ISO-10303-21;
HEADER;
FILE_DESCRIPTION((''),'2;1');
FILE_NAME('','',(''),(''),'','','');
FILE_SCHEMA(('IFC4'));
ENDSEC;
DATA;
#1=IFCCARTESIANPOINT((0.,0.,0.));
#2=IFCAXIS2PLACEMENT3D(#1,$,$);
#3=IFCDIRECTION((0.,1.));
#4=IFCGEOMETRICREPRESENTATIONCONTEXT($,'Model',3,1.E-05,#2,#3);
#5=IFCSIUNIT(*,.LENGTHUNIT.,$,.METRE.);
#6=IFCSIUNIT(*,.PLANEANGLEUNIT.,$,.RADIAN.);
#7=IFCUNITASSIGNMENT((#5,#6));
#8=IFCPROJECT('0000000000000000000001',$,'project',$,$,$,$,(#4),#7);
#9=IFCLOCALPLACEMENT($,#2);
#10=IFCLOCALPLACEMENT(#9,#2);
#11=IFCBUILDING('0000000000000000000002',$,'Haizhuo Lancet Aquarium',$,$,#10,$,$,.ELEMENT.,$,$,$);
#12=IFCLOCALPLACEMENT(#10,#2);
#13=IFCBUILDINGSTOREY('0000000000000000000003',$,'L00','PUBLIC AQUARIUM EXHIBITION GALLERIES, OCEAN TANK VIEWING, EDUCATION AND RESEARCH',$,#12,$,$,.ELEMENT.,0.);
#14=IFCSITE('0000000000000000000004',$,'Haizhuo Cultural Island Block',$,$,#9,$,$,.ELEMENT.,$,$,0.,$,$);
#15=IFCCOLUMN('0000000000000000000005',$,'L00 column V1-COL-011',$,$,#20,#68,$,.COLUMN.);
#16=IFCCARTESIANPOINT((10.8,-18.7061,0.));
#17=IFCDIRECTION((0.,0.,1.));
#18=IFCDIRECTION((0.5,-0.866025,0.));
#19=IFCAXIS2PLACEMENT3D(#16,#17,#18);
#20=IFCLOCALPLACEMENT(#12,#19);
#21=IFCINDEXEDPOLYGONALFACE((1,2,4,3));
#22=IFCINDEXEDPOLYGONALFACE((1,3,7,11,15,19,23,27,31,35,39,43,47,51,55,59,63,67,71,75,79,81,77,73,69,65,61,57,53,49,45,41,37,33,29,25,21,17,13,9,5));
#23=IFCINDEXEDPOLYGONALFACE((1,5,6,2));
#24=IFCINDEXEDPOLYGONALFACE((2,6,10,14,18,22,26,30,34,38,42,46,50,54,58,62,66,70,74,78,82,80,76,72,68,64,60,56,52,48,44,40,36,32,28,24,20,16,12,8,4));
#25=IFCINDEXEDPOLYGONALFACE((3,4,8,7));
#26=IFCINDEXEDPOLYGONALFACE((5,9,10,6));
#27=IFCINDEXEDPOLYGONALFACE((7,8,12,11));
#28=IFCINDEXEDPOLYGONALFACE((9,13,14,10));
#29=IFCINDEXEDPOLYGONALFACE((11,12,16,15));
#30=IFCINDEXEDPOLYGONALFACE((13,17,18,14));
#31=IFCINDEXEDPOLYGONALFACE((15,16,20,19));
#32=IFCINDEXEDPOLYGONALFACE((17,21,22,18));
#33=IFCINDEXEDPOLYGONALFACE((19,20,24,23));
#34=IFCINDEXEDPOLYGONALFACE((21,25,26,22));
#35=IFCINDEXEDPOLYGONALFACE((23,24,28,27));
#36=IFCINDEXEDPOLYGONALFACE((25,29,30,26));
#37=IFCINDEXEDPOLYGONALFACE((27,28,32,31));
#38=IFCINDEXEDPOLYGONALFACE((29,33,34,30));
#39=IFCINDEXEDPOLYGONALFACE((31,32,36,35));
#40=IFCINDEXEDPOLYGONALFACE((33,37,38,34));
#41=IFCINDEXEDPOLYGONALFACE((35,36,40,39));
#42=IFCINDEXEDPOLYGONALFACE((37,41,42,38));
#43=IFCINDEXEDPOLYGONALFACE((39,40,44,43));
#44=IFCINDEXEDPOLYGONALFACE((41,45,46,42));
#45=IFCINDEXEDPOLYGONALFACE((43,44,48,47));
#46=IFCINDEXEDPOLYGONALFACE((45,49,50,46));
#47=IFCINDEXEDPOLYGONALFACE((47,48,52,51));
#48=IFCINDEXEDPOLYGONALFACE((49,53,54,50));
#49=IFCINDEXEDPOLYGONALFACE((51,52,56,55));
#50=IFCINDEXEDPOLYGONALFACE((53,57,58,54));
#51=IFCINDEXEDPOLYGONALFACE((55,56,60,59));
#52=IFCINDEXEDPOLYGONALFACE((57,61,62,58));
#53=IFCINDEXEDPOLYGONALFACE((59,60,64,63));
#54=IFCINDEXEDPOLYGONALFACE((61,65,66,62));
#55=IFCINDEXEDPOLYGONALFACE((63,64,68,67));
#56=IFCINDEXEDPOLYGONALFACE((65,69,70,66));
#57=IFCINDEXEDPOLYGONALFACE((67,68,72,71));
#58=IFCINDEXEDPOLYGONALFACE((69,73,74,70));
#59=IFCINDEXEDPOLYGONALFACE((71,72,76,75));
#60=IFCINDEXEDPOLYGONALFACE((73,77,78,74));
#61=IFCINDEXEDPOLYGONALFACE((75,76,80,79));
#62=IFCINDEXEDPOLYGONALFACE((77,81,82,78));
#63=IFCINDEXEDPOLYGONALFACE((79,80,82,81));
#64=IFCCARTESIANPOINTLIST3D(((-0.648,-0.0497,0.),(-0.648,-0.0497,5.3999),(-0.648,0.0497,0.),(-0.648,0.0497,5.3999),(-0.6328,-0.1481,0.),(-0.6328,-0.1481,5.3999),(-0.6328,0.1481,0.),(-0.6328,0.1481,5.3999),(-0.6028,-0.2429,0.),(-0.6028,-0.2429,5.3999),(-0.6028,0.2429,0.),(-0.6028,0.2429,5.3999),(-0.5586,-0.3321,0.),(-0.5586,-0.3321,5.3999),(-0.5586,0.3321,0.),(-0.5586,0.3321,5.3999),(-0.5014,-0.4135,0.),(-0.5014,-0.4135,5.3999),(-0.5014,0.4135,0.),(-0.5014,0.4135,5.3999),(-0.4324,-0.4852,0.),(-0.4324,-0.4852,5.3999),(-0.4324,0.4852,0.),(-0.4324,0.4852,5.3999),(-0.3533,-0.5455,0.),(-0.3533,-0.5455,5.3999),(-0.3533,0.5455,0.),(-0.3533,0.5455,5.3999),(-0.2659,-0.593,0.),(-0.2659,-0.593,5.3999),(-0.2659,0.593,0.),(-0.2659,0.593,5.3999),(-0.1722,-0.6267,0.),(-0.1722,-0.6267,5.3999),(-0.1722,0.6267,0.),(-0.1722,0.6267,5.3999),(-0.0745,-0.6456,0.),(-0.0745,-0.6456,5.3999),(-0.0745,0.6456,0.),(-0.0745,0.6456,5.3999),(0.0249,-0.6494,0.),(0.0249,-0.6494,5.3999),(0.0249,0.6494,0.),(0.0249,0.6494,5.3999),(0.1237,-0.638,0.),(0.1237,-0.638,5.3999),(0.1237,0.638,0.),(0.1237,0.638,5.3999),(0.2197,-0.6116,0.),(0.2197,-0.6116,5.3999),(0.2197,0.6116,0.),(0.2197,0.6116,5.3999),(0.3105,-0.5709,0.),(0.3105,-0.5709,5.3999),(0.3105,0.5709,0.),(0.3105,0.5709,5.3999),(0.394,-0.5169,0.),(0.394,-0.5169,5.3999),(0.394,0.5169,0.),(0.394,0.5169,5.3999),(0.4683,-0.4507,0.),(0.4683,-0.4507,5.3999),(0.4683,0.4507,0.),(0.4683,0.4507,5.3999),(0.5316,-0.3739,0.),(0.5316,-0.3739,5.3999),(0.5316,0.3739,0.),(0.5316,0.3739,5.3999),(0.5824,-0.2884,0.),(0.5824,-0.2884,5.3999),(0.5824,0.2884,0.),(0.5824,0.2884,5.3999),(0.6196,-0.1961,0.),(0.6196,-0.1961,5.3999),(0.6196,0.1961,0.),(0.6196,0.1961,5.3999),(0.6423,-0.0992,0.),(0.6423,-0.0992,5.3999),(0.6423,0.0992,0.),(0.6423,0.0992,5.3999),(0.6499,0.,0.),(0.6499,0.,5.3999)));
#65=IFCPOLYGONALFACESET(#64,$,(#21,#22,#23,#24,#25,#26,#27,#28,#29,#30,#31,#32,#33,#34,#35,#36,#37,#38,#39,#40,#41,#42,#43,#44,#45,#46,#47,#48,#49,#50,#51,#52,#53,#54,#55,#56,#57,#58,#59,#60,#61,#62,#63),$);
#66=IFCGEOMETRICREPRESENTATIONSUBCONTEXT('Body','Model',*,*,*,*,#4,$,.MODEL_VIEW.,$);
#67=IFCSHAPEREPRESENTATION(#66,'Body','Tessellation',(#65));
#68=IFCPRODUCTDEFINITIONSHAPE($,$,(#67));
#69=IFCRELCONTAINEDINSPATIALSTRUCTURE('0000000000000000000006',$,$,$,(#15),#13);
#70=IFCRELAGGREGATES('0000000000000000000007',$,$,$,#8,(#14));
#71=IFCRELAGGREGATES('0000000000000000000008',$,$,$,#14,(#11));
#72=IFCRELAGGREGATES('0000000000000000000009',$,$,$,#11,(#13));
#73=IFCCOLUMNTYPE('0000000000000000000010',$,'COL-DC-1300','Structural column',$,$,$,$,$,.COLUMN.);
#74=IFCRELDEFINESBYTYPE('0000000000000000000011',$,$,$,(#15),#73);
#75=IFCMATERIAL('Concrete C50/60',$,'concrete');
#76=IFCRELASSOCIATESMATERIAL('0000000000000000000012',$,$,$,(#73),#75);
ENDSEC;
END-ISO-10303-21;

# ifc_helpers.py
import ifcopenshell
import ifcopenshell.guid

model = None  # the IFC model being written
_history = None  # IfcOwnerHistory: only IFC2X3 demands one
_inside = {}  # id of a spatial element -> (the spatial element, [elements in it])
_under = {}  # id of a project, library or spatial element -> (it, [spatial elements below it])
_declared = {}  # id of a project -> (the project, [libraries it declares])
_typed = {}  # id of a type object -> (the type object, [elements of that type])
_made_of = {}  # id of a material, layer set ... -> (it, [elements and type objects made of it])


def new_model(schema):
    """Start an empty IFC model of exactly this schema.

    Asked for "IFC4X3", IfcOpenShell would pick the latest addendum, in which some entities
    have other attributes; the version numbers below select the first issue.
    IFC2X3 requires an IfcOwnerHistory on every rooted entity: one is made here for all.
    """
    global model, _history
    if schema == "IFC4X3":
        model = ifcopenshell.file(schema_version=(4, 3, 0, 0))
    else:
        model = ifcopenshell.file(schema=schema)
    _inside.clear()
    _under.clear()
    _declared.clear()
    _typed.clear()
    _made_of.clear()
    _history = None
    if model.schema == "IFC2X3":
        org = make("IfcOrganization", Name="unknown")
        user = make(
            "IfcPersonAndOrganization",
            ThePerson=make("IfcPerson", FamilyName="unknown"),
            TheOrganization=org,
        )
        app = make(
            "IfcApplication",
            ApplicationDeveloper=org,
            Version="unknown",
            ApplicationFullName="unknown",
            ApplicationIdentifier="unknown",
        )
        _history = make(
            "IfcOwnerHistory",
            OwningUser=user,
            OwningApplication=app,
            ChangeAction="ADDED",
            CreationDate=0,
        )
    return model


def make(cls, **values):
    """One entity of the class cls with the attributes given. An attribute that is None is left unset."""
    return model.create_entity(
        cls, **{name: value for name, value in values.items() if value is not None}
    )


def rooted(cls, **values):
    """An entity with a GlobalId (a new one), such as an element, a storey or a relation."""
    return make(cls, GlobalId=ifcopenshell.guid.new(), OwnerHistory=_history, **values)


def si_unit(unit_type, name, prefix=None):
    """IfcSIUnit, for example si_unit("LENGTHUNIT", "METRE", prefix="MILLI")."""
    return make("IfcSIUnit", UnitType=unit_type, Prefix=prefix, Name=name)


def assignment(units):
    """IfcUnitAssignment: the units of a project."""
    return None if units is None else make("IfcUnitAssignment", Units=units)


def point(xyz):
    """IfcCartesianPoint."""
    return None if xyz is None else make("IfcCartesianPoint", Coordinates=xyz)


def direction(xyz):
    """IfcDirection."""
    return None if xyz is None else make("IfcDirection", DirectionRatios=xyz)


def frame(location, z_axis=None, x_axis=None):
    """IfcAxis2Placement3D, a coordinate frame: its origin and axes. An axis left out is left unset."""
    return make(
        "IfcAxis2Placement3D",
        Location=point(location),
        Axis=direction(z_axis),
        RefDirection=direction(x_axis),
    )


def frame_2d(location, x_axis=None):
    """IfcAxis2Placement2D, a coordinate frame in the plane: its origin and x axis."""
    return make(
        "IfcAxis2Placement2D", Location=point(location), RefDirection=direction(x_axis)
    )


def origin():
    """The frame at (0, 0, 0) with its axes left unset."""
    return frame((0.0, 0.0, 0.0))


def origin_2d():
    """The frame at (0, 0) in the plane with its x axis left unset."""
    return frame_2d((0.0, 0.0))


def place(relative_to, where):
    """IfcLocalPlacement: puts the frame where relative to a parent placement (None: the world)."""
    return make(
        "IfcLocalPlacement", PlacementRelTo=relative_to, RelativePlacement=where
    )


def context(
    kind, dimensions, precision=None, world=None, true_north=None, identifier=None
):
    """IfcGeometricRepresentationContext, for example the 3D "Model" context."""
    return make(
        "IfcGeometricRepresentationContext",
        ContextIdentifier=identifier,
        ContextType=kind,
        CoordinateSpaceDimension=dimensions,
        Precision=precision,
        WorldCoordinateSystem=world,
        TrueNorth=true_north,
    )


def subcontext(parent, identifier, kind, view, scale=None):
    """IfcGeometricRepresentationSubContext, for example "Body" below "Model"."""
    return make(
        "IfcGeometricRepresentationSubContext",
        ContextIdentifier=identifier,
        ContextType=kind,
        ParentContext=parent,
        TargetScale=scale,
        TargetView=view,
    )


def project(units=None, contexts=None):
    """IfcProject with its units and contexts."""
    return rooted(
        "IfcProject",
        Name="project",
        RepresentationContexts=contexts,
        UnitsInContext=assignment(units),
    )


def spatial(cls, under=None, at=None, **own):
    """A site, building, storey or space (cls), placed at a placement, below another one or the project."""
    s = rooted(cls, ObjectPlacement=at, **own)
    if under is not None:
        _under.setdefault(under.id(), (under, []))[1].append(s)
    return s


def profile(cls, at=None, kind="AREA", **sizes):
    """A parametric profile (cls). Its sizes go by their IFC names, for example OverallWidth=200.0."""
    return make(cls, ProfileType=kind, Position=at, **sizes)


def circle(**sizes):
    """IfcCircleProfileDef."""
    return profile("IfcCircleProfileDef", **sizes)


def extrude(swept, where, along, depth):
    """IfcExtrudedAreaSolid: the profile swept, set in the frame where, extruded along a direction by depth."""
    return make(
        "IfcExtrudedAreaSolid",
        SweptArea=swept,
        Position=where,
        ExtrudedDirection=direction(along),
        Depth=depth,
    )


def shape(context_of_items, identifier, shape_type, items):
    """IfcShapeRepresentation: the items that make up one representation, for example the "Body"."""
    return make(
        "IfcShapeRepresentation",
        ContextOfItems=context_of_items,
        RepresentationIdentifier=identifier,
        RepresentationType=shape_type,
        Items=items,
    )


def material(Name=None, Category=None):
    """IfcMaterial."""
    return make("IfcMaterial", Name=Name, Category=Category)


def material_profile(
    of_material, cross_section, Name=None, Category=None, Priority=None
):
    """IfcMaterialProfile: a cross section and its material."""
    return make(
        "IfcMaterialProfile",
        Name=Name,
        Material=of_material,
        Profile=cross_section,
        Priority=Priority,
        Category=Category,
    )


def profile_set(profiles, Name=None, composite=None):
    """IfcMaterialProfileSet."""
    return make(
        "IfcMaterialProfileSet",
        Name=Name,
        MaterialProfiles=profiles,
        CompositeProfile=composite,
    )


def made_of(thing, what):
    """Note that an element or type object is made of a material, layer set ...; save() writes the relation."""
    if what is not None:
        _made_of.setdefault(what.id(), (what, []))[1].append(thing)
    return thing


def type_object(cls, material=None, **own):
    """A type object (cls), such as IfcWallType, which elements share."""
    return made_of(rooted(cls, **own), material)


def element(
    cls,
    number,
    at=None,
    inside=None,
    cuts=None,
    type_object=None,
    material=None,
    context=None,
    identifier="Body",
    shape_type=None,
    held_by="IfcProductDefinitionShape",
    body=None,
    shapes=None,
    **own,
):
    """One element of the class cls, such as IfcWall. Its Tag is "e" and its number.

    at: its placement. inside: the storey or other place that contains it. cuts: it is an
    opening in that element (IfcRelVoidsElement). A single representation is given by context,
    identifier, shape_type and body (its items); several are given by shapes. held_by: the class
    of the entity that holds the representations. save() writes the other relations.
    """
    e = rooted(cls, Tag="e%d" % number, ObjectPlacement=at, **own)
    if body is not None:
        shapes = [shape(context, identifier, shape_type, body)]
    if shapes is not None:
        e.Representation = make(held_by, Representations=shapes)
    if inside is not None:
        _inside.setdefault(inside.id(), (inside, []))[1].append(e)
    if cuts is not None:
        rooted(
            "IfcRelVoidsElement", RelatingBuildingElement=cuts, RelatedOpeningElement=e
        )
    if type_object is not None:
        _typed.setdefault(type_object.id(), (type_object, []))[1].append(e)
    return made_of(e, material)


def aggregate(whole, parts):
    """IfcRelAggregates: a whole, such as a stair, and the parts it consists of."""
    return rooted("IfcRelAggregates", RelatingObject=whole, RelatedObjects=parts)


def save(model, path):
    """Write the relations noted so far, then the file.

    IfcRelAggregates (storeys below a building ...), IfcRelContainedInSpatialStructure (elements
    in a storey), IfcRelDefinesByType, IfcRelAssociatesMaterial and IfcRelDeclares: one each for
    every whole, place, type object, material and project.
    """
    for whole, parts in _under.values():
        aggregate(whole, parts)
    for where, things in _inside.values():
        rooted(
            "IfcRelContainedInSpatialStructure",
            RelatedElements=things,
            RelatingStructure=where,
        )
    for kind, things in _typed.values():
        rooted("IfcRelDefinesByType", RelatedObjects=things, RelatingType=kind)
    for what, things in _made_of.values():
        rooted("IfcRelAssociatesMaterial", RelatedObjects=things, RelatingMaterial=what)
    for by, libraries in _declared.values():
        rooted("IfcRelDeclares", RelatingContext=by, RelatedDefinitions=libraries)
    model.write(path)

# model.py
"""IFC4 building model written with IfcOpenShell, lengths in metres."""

from ifc_helpers import new_model, si_unit, direction, frame, origin, origin_2d, place, context, subcontext, project, spatial, circle, extrude, material, material_profile, profile_set, type_object, element, save


model = new_model("IFC4")

# Units and contexts
model_context = context("Model", 3, precision=1e-05, world=origin(), true_north=direction((0.0, 1.0)))
body_context = subcontext(model_context, "Body", "Model", "MODEL_VIEW")
ifc_project = project(units=[si_unit("LENGTHUNIT", "METRE"), si_unit("PLANEANGLEUNIT", "RADIAN")], contexts=[model_context])

# Site, building, storey
site_placement = place(None, origin())
site = spatial("IfcSite", under=ifc_project, at=site_placement, Name="Haizhuo Cultural Island Block", CompositionType="ELEMENT", RefElevation=0.0)
building_placement = place(site_placement, origin())
building = spatial("IfcBuilding", under=site, at=building_placement, Name="Haizhuo Lancet Aquarium", CompositionType="ELEMENT")
storey_placement = place(building_placement, origin())
storey = spatial("IfcBuildingStorey", under=building, at=storey_placement, Name="L00", Description="PUBLIC AQUARIUM EXHIBITION GALLERIES, OCEAN TANK VIEWING, EDUCATION AND RESEARCH", CompositionType="ELEMENT", Elevation=0.0)

# Column
ifc_material_1 = material(Name="Concrete C50/60", Category="concrete")
ifc_material_profile_1 = material_profile(ifc_material_1, circle(Radius=0.6499, at=origin_2d()), Name="RC-DC 1300")
ifc_profile_set_1 = profile_set([ifc_material_profile_1], Name="Concrete C50/60")
column_type_1 = type_object("IfcColumnType", Name="COL-DC-1300", Description="Structural column", PredefinedType="COLUMN", material=ifc_profile_set_1)
column_1_placement = place(storey_placement, frame((10.8, -18.7061, 0.0), z_axis=(0.0, 0.0, 1.0), x_axis=(0.5, -0.866025, 0.0)))
element("IfcColumn", 1, at=column_1_placement, inside=storey, type_object=column_type_1, Name="L00 column V1-COL-011", PredefinedType="COLUMN", context=body_context, shape_type="SweptSolid", body=[
    extrude(circle(Radius=0.6499, at=origin_2d()), origin(), (0.0, 0.0, 1.0), 5.3999),
])

save(model, "model.ifc")
